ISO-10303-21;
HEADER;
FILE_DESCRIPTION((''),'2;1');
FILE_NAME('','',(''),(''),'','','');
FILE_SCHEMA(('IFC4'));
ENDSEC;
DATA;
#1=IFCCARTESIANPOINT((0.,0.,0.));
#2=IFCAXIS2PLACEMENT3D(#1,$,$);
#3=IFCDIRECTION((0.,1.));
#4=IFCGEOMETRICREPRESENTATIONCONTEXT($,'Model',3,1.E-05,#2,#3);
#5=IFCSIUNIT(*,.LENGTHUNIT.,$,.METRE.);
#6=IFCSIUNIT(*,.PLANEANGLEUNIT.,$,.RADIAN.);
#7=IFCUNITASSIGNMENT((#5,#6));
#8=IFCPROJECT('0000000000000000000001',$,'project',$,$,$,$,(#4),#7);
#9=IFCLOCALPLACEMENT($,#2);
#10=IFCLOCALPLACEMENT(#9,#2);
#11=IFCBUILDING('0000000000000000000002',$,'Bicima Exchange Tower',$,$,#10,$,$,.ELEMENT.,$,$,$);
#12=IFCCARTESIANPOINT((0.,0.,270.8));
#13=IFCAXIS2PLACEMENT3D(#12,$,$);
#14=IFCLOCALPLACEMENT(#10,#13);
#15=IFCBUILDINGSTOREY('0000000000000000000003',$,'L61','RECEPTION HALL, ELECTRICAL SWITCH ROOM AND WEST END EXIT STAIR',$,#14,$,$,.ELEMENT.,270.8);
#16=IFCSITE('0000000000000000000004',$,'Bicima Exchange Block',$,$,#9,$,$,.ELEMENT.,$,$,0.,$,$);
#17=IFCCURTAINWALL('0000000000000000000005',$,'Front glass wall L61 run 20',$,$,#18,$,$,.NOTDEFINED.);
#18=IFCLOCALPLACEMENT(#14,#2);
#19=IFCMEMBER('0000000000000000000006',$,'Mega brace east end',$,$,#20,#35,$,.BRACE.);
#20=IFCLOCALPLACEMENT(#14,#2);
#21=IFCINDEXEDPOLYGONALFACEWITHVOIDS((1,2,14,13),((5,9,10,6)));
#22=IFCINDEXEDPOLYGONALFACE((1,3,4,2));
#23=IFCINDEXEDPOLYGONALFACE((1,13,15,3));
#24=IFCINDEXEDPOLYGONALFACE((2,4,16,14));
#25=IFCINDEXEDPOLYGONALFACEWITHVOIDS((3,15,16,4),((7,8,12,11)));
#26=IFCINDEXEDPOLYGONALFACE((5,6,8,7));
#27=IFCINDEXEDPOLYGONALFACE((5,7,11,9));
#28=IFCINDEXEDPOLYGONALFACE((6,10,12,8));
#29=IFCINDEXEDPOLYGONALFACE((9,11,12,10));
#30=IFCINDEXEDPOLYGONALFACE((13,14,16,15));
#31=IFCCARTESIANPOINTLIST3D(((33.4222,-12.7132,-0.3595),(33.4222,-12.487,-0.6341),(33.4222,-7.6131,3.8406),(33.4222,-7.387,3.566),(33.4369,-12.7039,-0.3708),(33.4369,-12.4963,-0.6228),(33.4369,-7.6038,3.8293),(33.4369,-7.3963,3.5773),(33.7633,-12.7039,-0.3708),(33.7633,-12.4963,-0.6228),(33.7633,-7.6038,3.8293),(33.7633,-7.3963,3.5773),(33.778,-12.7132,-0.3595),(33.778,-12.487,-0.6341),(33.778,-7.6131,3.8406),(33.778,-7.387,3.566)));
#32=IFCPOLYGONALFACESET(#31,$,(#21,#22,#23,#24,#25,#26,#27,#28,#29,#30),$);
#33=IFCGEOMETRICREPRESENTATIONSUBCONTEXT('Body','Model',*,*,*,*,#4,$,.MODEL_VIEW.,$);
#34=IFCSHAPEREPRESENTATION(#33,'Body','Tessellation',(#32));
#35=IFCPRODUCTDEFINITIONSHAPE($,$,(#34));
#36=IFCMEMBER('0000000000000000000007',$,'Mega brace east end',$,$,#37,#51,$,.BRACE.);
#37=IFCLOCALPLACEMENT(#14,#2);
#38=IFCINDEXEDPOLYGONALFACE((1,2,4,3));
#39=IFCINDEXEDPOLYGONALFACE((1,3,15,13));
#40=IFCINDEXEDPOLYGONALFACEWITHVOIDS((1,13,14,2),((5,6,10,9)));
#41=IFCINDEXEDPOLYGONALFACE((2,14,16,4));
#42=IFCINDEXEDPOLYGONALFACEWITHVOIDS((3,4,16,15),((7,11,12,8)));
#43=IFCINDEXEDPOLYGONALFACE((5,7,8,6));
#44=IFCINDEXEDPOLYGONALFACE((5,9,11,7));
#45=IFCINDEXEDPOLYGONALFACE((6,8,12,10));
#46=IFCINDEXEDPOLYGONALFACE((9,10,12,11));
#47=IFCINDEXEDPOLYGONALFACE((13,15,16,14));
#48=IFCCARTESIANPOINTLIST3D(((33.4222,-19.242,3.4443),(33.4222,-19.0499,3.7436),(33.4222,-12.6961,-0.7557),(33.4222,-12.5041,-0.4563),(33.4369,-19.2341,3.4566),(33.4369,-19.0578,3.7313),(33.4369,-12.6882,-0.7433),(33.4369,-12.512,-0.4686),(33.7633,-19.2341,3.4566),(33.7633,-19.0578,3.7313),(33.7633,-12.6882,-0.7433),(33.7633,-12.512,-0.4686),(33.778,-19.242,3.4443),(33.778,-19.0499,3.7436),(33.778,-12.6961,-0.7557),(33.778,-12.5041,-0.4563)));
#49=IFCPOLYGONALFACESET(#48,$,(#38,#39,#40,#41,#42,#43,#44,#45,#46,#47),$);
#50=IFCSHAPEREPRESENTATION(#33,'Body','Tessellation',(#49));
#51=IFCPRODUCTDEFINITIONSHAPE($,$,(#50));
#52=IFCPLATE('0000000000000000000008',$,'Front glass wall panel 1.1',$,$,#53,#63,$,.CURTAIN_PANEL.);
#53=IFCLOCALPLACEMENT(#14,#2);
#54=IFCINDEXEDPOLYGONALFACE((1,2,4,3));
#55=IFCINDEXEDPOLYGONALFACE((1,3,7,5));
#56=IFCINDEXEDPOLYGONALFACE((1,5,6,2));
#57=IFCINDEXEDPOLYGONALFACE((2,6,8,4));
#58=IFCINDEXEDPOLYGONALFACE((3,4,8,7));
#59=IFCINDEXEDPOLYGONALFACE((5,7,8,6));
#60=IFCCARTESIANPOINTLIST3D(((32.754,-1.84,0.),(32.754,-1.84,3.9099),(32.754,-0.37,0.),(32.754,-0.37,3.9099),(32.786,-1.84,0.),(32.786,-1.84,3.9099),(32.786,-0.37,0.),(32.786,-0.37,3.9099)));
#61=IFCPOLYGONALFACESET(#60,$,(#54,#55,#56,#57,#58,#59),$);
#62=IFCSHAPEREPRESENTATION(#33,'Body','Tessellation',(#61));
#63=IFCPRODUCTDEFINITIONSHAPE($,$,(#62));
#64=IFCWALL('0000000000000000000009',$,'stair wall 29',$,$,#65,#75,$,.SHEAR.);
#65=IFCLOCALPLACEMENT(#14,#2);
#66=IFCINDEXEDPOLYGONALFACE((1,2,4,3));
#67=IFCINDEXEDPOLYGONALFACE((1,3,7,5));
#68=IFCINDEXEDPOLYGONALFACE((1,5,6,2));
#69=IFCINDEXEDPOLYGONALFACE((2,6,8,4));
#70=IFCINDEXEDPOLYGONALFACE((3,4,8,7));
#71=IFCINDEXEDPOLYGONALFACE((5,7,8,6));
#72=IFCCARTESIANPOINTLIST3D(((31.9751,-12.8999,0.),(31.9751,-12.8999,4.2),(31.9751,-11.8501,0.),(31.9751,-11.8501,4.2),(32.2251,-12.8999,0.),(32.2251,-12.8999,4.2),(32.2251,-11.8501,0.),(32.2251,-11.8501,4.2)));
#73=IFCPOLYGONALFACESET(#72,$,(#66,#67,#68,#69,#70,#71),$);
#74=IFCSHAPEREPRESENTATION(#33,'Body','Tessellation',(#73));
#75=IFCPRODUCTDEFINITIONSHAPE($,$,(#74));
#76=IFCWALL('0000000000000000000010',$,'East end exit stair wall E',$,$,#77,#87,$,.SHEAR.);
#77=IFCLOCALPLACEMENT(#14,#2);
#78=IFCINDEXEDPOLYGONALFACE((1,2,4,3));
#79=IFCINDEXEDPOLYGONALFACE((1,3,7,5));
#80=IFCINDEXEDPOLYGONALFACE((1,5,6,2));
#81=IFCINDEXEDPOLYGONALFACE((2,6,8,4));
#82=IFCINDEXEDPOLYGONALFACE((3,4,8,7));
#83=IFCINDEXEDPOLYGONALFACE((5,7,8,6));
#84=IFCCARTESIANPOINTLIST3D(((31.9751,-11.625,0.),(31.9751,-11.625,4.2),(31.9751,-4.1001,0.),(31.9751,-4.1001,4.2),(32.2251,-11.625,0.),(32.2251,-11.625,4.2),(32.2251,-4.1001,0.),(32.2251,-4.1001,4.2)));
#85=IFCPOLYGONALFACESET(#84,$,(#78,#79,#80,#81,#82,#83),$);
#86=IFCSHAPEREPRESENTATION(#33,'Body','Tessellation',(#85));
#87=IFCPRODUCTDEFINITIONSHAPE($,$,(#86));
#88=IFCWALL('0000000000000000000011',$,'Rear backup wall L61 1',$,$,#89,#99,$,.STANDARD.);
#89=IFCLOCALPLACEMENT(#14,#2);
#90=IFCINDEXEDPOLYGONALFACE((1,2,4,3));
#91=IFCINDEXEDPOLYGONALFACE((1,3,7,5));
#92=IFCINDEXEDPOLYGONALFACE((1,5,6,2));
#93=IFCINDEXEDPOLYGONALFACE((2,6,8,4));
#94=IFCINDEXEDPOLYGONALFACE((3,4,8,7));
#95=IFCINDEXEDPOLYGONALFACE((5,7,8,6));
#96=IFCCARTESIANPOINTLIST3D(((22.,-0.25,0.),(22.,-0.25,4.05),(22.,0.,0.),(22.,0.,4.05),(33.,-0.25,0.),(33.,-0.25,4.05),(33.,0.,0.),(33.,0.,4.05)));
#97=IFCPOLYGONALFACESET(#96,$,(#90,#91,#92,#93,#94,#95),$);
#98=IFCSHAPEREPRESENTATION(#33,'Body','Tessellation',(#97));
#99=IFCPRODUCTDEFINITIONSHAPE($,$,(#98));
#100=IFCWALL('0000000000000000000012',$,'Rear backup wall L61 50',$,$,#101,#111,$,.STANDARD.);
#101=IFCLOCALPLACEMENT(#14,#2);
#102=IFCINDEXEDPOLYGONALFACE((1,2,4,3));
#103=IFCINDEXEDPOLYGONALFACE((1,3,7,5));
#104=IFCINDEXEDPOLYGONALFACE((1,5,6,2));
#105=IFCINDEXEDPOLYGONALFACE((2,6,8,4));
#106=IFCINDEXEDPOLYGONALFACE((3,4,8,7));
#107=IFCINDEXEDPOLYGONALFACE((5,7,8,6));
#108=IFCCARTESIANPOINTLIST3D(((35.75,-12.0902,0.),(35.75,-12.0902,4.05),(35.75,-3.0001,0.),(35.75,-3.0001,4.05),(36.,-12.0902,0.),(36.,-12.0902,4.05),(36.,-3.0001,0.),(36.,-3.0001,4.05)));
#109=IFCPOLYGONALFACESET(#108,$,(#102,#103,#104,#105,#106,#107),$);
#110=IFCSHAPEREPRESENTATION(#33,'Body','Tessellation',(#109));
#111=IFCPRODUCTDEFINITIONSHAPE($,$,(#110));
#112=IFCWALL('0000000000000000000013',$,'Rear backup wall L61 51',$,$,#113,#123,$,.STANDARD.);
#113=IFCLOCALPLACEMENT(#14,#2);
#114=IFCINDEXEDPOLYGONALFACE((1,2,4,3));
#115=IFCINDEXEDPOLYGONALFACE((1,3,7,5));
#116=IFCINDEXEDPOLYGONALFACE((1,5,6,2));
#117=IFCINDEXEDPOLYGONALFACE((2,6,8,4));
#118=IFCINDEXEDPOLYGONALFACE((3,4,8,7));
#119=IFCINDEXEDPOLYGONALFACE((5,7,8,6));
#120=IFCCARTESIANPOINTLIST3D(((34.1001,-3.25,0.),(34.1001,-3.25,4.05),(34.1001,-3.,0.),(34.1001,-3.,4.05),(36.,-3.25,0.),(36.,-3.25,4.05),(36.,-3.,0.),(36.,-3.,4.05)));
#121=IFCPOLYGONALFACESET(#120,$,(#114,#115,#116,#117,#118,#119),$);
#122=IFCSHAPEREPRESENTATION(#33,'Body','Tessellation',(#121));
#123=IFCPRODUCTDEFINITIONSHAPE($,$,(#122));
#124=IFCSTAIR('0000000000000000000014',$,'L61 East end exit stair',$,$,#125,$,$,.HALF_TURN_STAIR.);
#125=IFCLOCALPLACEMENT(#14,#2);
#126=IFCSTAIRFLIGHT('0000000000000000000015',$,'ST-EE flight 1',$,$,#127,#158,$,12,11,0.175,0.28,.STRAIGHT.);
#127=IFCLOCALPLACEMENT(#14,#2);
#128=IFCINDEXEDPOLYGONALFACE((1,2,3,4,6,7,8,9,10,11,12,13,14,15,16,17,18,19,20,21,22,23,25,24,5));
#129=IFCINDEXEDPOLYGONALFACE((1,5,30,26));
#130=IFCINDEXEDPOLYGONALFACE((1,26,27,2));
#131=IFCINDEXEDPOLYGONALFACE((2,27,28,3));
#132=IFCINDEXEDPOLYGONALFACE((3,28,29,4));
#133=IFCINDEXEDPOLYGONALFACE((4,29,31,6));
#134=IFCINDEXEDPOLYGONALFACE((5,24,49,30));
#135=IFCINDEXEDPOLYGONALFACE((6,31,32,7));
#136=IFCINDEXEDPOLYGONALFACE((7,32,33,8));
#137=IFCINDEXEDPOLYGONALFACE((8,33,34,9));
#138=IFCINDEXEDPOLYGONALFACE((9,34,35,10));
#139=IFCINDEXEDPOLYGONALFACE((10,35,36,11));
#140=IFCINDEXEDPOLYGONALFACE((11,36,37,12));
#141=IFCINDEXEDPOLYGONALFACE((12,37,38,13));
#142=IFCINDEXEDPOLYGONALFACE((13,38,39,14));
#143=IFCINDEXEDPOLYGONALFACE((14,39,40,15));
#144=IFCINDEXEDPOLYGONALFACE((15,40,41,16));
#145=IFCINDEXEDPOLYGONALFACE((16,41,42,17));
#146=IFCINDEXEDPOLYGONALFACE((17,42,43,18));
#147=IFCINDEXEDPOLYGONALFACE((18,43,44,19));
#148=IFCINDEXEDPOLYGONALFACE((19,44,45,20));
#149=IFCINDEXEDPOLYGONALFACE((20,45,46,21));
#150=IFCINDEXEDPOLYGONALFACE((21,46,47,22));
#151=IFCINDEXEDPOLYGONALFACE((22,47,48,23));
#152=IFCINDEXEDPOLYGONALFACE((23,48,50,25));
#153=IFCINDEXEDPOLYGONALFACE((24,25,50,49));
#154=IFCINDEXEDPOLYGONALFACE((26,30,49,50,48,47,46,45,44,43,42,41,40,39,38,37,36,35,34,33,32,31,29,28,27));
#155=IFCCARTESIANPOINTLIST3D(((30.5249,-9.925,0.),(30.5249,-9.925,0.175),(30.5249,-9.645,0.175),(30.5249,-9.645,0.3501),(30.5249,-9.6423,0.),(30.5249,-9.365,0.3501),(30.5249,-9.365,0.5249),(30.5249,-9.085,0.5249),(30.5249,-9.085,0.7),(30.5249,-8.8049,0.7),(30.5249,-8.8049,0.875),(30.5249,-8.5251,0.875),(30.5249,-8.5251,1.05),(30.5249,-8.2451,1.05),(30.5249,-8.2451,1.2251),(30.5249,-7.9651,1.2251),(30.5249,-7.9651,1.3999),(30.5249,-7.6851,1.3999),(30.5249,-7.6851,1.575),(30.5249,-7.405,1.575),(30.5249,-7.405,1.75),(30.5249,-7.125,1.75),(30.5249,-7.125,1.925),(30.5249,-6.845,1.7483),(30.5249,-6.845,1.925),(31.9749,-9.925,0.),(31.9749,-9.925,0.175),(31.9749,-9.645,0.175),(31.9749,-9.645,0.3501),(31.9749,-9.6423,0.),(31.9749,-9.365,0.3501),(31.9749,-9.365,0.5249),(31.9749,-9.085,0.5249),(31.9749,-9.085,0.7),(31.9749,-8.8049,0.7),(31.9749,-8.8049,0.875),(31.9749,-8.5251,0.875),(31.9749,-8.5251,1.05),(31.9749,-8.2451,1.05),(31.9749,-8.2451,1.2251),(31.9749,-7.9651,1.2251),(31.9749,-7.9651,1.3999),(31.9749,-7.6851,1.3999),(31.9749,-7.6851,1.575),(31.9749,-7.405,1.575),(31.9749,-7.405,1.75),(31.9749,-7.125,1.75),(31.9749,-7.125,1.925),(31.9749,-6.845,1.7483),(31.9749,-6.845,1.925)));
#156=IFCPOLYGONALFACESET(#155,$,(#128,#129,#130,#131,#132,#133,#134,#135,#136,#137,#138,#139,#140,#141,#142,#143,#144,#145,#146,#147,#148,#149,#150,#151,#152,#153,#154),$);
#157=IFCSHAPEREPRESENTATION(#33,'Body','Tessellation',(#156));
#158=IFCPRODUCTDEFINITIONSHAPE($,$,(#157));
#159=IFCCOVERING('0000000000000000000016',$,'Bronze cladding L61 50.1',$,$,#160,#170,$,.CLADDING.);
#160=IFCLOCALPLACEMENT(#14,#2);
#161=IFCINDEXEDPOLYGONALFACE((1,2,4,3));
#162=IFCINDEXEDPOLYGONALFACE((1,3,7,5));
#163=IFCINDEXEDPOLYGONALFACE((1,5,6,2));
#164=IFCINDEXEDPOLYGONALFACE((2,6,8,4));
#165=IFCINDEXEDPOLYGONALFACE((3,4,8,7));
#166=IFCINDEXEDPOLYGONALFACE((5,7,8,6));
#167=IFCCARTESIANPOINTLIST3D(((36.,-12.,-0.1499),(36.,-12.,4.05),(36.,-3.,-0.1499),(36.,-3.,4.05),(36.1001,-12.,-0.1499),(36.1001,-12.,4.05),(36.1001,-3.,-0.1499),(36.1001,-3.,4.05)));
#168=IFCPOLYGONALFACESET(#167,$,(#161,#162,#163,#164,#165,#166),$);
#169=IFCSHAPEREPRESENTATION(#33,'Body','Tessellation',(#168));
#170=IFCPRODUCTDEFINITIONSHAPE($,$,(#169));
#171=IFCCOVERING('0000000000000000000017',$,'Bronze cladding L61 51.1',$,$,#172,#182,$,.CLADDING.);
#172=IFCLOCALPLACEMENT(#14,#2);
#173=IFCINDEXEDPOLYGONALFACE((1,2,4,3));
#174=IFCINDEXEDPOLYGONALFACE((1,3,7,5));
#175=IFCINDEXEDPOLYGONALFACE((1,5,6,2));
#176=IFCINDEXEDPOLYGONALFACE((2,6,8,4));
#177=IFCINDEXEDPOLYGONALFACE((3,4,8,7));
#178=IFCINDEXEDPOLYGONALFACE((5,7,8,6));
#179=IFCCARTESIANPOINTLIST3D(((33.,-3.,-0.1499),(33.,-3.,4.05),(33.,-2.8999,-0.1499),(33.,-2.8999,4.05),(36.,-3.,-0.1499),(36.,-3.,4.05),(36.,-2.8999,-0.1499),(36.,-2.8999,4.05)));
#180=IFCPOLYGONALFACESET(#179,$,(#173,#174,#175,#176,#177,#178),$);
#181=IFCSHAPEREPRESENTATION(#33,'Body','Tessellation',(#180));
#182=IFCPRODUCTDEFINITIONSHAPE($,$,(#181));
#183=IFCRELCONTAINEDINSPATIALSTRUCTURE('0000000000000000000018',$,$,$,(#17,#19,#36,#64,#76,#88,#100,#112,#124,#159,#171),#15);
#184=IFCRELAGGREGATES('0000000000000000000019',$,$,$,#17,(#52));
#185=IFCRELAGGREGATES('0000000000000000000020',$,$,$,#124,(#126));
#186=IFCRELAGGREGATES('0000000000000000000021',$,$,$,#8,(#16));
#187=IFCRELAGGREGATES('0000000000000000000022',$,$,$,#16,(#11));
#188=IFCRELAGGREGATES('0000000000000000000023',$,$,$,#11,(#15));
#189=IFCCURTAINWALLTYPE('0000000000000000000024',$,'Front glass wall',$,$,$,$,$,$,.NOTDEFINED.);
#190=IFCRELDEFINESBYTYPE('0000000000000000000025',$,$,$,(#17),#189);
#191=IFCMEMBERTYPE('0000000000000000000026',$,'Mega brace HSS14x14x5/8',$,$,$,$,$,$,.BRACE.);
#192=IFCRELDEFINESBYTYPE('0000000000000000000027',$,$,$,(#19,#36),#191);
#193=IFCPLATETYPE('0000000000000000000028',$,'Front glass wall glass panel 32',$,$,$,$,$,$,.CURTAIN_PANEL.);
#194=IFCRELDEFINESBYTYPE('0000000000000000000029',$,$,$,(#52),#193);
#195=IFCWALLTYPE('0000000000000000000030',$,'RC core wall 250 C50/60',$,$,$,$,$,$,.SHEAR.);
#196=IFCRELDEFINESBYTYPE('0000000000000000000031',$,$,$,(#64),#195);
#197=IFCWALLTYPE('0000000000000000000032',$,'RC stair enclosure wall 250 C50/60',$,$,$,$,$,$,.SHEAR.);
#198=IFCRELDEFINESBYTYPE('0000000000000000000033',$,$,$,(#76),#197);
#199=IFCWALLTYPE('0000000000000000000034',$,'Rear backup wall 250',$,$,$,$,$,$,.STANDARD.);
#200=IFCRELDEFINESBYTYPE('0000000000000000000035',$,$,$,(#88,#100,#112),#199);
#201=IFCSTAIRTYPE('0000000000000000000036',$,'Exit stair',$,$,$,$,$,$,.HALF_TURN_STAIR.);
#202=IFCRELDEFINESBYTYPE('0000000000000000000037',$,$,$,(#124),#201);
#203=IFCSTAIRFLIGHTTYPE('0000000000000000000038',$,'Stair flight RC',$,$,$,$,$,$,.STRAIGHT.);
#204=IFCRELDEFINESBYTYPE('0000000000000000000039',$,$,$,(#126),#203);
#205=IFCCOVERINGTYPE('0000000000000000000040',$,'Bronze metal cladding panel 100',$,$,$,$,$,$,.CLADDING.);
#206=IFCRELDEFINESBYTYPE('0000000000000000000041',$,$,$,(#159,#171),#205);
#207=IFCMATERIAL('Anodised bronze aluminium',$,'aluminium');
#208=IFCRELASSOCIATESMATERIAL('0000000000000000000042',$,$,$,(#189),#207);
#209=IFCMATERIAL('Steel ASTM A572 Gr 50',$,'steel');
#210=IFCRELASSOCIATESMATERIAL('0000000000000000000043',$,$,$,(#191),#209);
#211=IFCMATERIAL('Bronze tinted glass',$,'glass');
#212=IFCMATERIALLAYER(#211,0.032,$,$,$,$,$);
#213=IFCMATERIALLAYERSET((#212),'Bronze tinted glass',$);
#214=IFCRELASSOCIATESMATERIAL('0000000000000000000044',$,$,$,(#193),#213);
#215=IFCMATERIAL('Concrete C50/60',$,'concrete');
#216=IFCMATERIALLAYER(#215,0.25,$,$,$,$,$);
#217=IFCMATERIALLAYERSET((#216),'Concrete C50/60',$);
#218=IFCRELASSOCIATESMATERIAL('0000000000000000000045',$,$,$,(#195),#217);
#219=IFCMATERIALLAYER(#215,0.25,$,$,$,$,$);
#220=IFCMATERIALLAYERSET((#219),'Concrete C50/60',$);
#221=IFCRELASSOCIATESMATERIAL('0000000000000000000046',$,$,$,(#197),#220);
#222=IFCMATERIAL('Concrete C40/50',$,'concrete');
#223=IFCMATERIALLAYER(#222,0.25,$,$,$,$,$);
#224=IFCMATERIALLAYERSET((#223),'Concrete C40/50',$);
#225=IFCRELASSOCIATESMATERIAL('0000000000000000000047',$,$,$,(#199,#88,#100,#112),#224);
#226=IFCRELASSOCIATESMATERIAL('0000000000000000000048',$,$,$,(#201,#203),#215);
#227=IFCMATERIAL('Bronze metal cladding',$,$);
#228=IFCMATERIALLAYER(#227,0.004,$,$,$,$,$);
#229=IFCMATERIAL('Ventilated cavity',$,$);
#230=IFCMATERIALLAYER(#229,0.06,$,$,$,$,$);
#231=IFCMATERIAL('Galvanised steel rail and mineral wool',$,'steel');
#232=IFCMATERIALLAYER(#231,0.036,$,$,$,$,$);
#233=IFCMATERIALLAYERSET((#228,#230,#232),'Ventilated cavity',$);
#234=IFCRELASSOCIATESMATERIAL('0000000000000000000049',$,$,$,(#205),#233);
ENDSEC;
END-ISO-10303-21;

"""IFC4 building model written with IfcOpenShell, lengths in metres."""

from ifc_helpers import new_model, si_unit, direction, frame, frame_2d, origin, origin_2d, place, context, subcontext, project, spatial, polyline, rectangle, hollow_rectangle, outline, extrude, material, layer, layer_set, layer_usage, material_profile, profile_set, type_object, element, aggregate, save


model = new_model("IFC4")

# Units and contexts
model_context = context("Model", 3, precision=1e-05, world=origin(), true_north=direction((0.0, 1.0)))
body_context = subcontext(model_context, "Body", "Model", "MODEL_VIEW")
ifc_project = project(units=[si_unit("LENGTHUNIT", "METRE"), si_unit("PLANEANGLEUNIT", "RADIAN")], contexts=[model_context])

# Site, building, storey
site_placement = place(None, origin())
site = spatial("IfcSite", under=ifc_project, at=site_placement, Name="Bicima Exchange Block", CompositionType="ELEMENT", RefElevation=0.0)
building_placement = place(site_placement, origin())
building = spatial("IfcBuilding", under=site, at=building_placement, Name="Bicima Exchange Tower", CompositionType="ELEMENT")
storey_placement = place(building_placement, frame((0.0, 0.0, 270.8)))
storey = spatial("IfcBuildingStorey", under=building, at=storey_placement, Name="L61", Description="RECEPTION HALL, ELECTRICAL SWITCH ROOM AND WEST END EXIT STAIR", CompositionType="ELEMENT", Elevation=270.8)

# Shared definitions
ifc_material_1 = material(Name="Steel ASTM A572 Gr 50", Category="steel")

# Shared definitions
ifc_material_2 = material(Name="Anodised bronze aluminium", Category="aluminium")

# Curtain wall
curtain_wall_type_1 = type_object("IfcCurtainWallType", Name="Front glass wall", PredefinedType="NOTDEFINED", material=ifc_material_2)
curtain_wall_1_placement = place(storey_placement, origin())
curtain_wall_1 = element("IfcCurtainWall", 1, at=curtain_wall_1_placement, inside=storey, type_object=curtain_wall_type_1, Name="Front glass wall L61 run 20", PredefinedType="NOTDEFINED")

# Members
ifc_material_profile_1 = material_profile(ifc_material_1, hollow_rectangle(XDim=0.3557, YDim=0.3557, WallThickness=0.0146, at=origin_2d()))
ifc_profile_set_1 = profile_set([ifc_material_profile_1], Name="Steel ASTM A572 Gr 50")
member_type_1 = type_object("IfcMemberType", Name="Mega brace HSS14x14x5/8", PredefinedType="BRACE", material=ifc_profile_set_1)
for number, where, z_axis, x_axis, name in (
    (2, (33.6001, -12.6001, -0.4968), (0.0, 0.771922, 0.635718), (-1.0, 0.0, 0.0), "Mega brace east end"),
):
    element("IfcMember", number, at=place(storey_placement, frame(where, z_axis=z_axis, x_axis=x_axis)), inside=storey, type_object=member_type_1, Name=name, PredefinedType="BRACE", context=body_context, shape_type="SweptSolid", body=[
        extrude(hollow_rectangle(XDim=0.3557, YDim=0.3557, WallThickness=0.0146, at=origin_2d()), origin(), (0.0, 0.0, 1.0), 6.6069),
    ])
member_1_placement = place(storey_placement, frame((33.6001, -12.6001, -0.606), z_axis=(0.0, -0.841653, 0.540018), x_axis=(1.0, 0.0, 0.0)))
element("IfcMember", 3, at=member_1_placement, inside=storey, type_object=member_type_1, Name="Mega brace east end", PredefinedType="BRACE", context=body_context, shape_type="SweptSolid", body=[
    extrude(hollow_rectangle(XDim=0.3557, YDim=0.3557, WallThickness=0.0146, at=origin_2d()), origin(), (0.0, 0.0, 1.0), 7.7773),
])

# Plate
ifc_material_3 = material(Name="Bronze tinted glass", Category="glass")
ifc_layer_1 = layer(ifc_material_3, 0.032)
ifc_layer_set_1 = layer_set([ifc_layer_1], Name="Bronze tinted glass")
plate_type = type_object("IfcPlateType", Name="Front glass wall glass panel 32", PredefinedType="CURTAIN_PANEL", material=ifc_layer_set_1)
plate_placement = place(storey_placement, frame((32.77, -1.105, 0.0), z_axis=(0.0, 0.0, 1.0), x_axis=(0.0, 1.0, 0.0)))
plate = element("IfcPlate", 4, at=plate_placement, type_object=plate_type, Name="Front glass wall panel 1.1", PredefinedType="CURTAIN_PANEL", context=body_context, shape_type="SweptSolid", body=[
    extrude(rectangle(XDim=1.47, YDim=0.032, at=origin_2d()), origin(), (0.0, 0.0, 1.0), 3.9099),
])
aggregate(curtain_wall_1, [plate])

# Walls
ifc_material_4 = material(Name="Concrete C50/60", Category="concrete")
ifc_layer_2 = layer(ifc_material_4, 0.25)
ifc_layer_set_2 = layer_set([ifc_layer_2], Name="Concrete C50/60")
wall_type_1 = type_object("IfcWallType", Name="RC core wall 250 C50/60", PredefinedType="SHEAR", material=ifc_layer_set_2)
wall_1_placement = place(storey_placement, frame((32.1001, -12.8999, 0.0), z_axis=(0.0, 0.0, 1.0), x_axis=(0.0, 1.0, 0.0)))
element("IfcWall", 5, at=wall_1_placement, inside=storey, type_object=wall_type_1, Name="stair wall 29", PredefinedType="SHEAR", context=body_context, shape_type="SweptSolid", body=[
    extrude(rectangle(XDim=1.0498, YDim=0.25, at=frame_2d((0.5249, 0.0))), origin(), (0.0, 0.0, 1.0), 4.2),
])
ifc_layer_3 = layer(ifc_material_4, 0.25)
ifc_layer_set_3 = layer_set([ifc_layer_3], Name="Concrete C50/60")
wall_type_2 = type_object("IfcWallType", Name="RC stair enclosure wall 250 C50/60", PredefinedType="SHEAR", material=ifc_layer_set_3)
wall_2_placement = place(storey_placement, frame((32.1001, -11.625, 0.0), z_axis=(0.0, 0.0, 1.0), x_axis=(0.0, 1.0, 0.0)))
element("IfcWall", 6, at=wall_2_placement, inside=storey, type_object=wall_type_2, Name="East end exit stair wall E", PredefinedType="SHEAR", context=body_context, shape_type="SweptSolid", body=[
    extrude(rectangle(XDim=7.5249, YDim=0.25, at=frame_2d((3.7625, 0.0))), origin(), (0.0, 0.0, 1.0), 4.2),
])
ifc_material_5 = material(Name="Concrete C40/50", Category="concrete")
ifc_layer_4 = layer(ifc_material_5, 0.25)
ifc_layer_set_4 = layer_set([ifc_layer_4], Name="Concrete C40/50")
ifc_layer_usage = layer_usage(ifc_layer_set_4, "AXIS2", "POSITIVE", -0.125)
wall_type_3 = type_object("IfcWallType", Name="Rear backup wall 250", PredefinedType="STANDARD", material=ifc_layer_set_4)
wall_3_placement = place(storey_placement, frame((33.0, -0.125, 0.0), z_axis=(0.0, 0.0, 1.0), x_axis=(-1.0, 0.0, 0.0)))
element("IfcWall", 7, at=wall_3_placement, inside=storey, type_object=wall_type_3, material=ifc_layer_usage, Name="Rear backup wall L61 1", PredefinedType="STANDARD", context=body_context, shape_type="SweptSolid", body=[
    extrude(rectangle(XDim=11.0, YDim=0.25, at=frame_2d((5.5, 0.0))), origin(), (0.0, 0.0, 1.0), 4.05),
])
wall_4_placement = place(storey_placement, frame((35.875, -12.0901, 0.0), z_axis=(0.0, 0.0, 1.0), x_axis=(0.0, 1.0, 0.0)))
element("IfcWall", 8, at=wall_4_placement, inside=storey, type_object=wall_type_3, material=ifc_layer_usage, Name="Rear backup wall L61 50", PredefinedType="STANDARD", context=body_context, shape_type="SweptSolid", body=[
    extrude(rectangle(XDim=9.0901, YDim=0.25, at=frame_2d((4.5449, 0.0))), origin(), (0.0, 0.0, 1.0), 4.05),
])
wall_5_placement = place(storey_placement, frame((36.0, -3.125, 0.0), z_axis=(0.0, 0.0, 1.0), x_axis=(-1.0, 0.0, 0.0)))
element("IfcWall", 9, at=wall_5_placement, inside=storey, type_object=wall_type_3, material=ifc_layer_usage, Name="Rear backup wall L61 51", PredefinedType="STANDARD", context=body_context, shape_type="SweptSolid", body=[
    extrude(rectangle(XDim=1.8999, YDim=0.25, at=frame_2d((0.95, 0.0))), origin(), (0.0, 0.0, 1.0), 4.05),
])

# Stair, stair flight
stair_type = type_object("IfcStairType", Name="Exit stair", PredefinedType="HALF_TURN_STAIR", material=ifc_material_4)
stair_placement = place(storey_placement, origin())
stair = element("IfcStair", 10, at=stair_placement, inside=storey, type_object=stair_type, Name="L61 East end exit stair", PredefinedType="HALF_TURN_STAIR")
stair_flight_type = type_object("IfcStairFlightType", Name="Stair flight RC", PredefinedType="STRAIGHT", material=ifc_material_4)
stair_flight_placement = place(storey_placement, frame((31.25, -9.925, 0.0), z_axis=(0.0, 0.0, 1.0), x_axis=(0.0, 1.0, 0.0)))
stair_flight = element("IfcStairFlight", 11, at=stair_flight_placement, type_object=stair_flight_type, Name="ST-EE flight 1", NumberOfRisers=12, NumberOfTreads=11, PredefinedType="STRAIGHT", RiserHeight=0.175, TreadLength=0.28, context=body_context, shape_type="SweptSolid", body=[
    extrude(outline(polyline([(0.0, 0.0), (0.0, 0.175), (0.28, 0.175), (0.28, 0.3501), (0.5601, 0.3501), (0.5601, 0.5249), (0.8401, 0.5249), (0.8401, 0.7), (1.1201, 0.7), (1.1201, 0.875), (1.3999, 0.875), (1.3999, 1.05), (1.6799, 1.05), (1.6799, 1.2251), (1.96, 1.2251), (1.96, 1.3999), (2.24, 1.3999), (2.24, 1.575), (2.52, 1.575), (2.52, 1.75), (2.8, 1.75), (2.8, 1.925), (3.0801, 1.925), (3.0801, 2.1001), (3.0801, 1.7483), (0.2827, 0.0), (0.0, 0.0)])), frame((0.0, 0.7251, 0.0), z_axis=(0.0, -1.0, 0.0), x_axis=(1.0, 0.0, 0.0)), (0.0, 0.0, 1.0), 1.45),
])
aggregate(stair, [stair_flight])

# Coverings
ifc_material_6 = material(Name="Bronze metal cladding")
ifc_layer_5 = layer(ifc_material_6, 0.004)
ifc_material_7 = material(Name="Ventilated cavity")
ifc_layer_6 = layer(ifc_material_7, 0.06)
ifc_material_8 = material(Name="Galvanised steel rail and mineral wool", Category="steel")
ifc_layer_7 = layer(ifc_material_8, 0.036)
ifc_layer_set_5 = layer_set([ifc_layer_5, ifc_layer_6, ifc_layer_7], Name="Ventilated cavity")
covering_type = type_object("IfcCoveringType", Name="Bronze metal cladding panel 100", PredefinedType="CLADDING", material=ifc_layer_set_5)
covering_1_placement = place(storey_placement, frame((36.05, -7.5, -0.1499), z_axis=(0.0, 0.0, 1.0), x_axis=(0.0, 1.0, 0.0)))
element("IfcCovering", 12, at=covering_1_placement, inside=storey, type_object=covering_type, Name="Bronze cladding L61 50.1", PredefinedType="CLADDING", context=body_context, shape_type="SweptSolid", body=[
    extrude(rectangle(XDim=9.0, YDim=0.1001, at=origin_2d()), origin(), (0.0, 0.0, 1.0), 4.2),
])
covering_2_placement = place(storey_placement, frame((34.5, -2.95, -0.1499), z_axis=(0.0, 0.0, 1.0), x_axis=(-1.0, 0.0, 0.0)))
element("IfcCovering", 13, at=covering_2_placement, inside=storey, type_object=covering_type, Name="Bronze cladding L61 51.1", PredefinedType="CLADDING", context=body_context, shape_type="SweptSolid", body=[
    extrude(rectangle(XDim=3.0, YDim=0.1001, at=origin_2d()), origin(), (0.0, 0.0, 1.0), 4.2),
])

save(model, "model.ifc")
